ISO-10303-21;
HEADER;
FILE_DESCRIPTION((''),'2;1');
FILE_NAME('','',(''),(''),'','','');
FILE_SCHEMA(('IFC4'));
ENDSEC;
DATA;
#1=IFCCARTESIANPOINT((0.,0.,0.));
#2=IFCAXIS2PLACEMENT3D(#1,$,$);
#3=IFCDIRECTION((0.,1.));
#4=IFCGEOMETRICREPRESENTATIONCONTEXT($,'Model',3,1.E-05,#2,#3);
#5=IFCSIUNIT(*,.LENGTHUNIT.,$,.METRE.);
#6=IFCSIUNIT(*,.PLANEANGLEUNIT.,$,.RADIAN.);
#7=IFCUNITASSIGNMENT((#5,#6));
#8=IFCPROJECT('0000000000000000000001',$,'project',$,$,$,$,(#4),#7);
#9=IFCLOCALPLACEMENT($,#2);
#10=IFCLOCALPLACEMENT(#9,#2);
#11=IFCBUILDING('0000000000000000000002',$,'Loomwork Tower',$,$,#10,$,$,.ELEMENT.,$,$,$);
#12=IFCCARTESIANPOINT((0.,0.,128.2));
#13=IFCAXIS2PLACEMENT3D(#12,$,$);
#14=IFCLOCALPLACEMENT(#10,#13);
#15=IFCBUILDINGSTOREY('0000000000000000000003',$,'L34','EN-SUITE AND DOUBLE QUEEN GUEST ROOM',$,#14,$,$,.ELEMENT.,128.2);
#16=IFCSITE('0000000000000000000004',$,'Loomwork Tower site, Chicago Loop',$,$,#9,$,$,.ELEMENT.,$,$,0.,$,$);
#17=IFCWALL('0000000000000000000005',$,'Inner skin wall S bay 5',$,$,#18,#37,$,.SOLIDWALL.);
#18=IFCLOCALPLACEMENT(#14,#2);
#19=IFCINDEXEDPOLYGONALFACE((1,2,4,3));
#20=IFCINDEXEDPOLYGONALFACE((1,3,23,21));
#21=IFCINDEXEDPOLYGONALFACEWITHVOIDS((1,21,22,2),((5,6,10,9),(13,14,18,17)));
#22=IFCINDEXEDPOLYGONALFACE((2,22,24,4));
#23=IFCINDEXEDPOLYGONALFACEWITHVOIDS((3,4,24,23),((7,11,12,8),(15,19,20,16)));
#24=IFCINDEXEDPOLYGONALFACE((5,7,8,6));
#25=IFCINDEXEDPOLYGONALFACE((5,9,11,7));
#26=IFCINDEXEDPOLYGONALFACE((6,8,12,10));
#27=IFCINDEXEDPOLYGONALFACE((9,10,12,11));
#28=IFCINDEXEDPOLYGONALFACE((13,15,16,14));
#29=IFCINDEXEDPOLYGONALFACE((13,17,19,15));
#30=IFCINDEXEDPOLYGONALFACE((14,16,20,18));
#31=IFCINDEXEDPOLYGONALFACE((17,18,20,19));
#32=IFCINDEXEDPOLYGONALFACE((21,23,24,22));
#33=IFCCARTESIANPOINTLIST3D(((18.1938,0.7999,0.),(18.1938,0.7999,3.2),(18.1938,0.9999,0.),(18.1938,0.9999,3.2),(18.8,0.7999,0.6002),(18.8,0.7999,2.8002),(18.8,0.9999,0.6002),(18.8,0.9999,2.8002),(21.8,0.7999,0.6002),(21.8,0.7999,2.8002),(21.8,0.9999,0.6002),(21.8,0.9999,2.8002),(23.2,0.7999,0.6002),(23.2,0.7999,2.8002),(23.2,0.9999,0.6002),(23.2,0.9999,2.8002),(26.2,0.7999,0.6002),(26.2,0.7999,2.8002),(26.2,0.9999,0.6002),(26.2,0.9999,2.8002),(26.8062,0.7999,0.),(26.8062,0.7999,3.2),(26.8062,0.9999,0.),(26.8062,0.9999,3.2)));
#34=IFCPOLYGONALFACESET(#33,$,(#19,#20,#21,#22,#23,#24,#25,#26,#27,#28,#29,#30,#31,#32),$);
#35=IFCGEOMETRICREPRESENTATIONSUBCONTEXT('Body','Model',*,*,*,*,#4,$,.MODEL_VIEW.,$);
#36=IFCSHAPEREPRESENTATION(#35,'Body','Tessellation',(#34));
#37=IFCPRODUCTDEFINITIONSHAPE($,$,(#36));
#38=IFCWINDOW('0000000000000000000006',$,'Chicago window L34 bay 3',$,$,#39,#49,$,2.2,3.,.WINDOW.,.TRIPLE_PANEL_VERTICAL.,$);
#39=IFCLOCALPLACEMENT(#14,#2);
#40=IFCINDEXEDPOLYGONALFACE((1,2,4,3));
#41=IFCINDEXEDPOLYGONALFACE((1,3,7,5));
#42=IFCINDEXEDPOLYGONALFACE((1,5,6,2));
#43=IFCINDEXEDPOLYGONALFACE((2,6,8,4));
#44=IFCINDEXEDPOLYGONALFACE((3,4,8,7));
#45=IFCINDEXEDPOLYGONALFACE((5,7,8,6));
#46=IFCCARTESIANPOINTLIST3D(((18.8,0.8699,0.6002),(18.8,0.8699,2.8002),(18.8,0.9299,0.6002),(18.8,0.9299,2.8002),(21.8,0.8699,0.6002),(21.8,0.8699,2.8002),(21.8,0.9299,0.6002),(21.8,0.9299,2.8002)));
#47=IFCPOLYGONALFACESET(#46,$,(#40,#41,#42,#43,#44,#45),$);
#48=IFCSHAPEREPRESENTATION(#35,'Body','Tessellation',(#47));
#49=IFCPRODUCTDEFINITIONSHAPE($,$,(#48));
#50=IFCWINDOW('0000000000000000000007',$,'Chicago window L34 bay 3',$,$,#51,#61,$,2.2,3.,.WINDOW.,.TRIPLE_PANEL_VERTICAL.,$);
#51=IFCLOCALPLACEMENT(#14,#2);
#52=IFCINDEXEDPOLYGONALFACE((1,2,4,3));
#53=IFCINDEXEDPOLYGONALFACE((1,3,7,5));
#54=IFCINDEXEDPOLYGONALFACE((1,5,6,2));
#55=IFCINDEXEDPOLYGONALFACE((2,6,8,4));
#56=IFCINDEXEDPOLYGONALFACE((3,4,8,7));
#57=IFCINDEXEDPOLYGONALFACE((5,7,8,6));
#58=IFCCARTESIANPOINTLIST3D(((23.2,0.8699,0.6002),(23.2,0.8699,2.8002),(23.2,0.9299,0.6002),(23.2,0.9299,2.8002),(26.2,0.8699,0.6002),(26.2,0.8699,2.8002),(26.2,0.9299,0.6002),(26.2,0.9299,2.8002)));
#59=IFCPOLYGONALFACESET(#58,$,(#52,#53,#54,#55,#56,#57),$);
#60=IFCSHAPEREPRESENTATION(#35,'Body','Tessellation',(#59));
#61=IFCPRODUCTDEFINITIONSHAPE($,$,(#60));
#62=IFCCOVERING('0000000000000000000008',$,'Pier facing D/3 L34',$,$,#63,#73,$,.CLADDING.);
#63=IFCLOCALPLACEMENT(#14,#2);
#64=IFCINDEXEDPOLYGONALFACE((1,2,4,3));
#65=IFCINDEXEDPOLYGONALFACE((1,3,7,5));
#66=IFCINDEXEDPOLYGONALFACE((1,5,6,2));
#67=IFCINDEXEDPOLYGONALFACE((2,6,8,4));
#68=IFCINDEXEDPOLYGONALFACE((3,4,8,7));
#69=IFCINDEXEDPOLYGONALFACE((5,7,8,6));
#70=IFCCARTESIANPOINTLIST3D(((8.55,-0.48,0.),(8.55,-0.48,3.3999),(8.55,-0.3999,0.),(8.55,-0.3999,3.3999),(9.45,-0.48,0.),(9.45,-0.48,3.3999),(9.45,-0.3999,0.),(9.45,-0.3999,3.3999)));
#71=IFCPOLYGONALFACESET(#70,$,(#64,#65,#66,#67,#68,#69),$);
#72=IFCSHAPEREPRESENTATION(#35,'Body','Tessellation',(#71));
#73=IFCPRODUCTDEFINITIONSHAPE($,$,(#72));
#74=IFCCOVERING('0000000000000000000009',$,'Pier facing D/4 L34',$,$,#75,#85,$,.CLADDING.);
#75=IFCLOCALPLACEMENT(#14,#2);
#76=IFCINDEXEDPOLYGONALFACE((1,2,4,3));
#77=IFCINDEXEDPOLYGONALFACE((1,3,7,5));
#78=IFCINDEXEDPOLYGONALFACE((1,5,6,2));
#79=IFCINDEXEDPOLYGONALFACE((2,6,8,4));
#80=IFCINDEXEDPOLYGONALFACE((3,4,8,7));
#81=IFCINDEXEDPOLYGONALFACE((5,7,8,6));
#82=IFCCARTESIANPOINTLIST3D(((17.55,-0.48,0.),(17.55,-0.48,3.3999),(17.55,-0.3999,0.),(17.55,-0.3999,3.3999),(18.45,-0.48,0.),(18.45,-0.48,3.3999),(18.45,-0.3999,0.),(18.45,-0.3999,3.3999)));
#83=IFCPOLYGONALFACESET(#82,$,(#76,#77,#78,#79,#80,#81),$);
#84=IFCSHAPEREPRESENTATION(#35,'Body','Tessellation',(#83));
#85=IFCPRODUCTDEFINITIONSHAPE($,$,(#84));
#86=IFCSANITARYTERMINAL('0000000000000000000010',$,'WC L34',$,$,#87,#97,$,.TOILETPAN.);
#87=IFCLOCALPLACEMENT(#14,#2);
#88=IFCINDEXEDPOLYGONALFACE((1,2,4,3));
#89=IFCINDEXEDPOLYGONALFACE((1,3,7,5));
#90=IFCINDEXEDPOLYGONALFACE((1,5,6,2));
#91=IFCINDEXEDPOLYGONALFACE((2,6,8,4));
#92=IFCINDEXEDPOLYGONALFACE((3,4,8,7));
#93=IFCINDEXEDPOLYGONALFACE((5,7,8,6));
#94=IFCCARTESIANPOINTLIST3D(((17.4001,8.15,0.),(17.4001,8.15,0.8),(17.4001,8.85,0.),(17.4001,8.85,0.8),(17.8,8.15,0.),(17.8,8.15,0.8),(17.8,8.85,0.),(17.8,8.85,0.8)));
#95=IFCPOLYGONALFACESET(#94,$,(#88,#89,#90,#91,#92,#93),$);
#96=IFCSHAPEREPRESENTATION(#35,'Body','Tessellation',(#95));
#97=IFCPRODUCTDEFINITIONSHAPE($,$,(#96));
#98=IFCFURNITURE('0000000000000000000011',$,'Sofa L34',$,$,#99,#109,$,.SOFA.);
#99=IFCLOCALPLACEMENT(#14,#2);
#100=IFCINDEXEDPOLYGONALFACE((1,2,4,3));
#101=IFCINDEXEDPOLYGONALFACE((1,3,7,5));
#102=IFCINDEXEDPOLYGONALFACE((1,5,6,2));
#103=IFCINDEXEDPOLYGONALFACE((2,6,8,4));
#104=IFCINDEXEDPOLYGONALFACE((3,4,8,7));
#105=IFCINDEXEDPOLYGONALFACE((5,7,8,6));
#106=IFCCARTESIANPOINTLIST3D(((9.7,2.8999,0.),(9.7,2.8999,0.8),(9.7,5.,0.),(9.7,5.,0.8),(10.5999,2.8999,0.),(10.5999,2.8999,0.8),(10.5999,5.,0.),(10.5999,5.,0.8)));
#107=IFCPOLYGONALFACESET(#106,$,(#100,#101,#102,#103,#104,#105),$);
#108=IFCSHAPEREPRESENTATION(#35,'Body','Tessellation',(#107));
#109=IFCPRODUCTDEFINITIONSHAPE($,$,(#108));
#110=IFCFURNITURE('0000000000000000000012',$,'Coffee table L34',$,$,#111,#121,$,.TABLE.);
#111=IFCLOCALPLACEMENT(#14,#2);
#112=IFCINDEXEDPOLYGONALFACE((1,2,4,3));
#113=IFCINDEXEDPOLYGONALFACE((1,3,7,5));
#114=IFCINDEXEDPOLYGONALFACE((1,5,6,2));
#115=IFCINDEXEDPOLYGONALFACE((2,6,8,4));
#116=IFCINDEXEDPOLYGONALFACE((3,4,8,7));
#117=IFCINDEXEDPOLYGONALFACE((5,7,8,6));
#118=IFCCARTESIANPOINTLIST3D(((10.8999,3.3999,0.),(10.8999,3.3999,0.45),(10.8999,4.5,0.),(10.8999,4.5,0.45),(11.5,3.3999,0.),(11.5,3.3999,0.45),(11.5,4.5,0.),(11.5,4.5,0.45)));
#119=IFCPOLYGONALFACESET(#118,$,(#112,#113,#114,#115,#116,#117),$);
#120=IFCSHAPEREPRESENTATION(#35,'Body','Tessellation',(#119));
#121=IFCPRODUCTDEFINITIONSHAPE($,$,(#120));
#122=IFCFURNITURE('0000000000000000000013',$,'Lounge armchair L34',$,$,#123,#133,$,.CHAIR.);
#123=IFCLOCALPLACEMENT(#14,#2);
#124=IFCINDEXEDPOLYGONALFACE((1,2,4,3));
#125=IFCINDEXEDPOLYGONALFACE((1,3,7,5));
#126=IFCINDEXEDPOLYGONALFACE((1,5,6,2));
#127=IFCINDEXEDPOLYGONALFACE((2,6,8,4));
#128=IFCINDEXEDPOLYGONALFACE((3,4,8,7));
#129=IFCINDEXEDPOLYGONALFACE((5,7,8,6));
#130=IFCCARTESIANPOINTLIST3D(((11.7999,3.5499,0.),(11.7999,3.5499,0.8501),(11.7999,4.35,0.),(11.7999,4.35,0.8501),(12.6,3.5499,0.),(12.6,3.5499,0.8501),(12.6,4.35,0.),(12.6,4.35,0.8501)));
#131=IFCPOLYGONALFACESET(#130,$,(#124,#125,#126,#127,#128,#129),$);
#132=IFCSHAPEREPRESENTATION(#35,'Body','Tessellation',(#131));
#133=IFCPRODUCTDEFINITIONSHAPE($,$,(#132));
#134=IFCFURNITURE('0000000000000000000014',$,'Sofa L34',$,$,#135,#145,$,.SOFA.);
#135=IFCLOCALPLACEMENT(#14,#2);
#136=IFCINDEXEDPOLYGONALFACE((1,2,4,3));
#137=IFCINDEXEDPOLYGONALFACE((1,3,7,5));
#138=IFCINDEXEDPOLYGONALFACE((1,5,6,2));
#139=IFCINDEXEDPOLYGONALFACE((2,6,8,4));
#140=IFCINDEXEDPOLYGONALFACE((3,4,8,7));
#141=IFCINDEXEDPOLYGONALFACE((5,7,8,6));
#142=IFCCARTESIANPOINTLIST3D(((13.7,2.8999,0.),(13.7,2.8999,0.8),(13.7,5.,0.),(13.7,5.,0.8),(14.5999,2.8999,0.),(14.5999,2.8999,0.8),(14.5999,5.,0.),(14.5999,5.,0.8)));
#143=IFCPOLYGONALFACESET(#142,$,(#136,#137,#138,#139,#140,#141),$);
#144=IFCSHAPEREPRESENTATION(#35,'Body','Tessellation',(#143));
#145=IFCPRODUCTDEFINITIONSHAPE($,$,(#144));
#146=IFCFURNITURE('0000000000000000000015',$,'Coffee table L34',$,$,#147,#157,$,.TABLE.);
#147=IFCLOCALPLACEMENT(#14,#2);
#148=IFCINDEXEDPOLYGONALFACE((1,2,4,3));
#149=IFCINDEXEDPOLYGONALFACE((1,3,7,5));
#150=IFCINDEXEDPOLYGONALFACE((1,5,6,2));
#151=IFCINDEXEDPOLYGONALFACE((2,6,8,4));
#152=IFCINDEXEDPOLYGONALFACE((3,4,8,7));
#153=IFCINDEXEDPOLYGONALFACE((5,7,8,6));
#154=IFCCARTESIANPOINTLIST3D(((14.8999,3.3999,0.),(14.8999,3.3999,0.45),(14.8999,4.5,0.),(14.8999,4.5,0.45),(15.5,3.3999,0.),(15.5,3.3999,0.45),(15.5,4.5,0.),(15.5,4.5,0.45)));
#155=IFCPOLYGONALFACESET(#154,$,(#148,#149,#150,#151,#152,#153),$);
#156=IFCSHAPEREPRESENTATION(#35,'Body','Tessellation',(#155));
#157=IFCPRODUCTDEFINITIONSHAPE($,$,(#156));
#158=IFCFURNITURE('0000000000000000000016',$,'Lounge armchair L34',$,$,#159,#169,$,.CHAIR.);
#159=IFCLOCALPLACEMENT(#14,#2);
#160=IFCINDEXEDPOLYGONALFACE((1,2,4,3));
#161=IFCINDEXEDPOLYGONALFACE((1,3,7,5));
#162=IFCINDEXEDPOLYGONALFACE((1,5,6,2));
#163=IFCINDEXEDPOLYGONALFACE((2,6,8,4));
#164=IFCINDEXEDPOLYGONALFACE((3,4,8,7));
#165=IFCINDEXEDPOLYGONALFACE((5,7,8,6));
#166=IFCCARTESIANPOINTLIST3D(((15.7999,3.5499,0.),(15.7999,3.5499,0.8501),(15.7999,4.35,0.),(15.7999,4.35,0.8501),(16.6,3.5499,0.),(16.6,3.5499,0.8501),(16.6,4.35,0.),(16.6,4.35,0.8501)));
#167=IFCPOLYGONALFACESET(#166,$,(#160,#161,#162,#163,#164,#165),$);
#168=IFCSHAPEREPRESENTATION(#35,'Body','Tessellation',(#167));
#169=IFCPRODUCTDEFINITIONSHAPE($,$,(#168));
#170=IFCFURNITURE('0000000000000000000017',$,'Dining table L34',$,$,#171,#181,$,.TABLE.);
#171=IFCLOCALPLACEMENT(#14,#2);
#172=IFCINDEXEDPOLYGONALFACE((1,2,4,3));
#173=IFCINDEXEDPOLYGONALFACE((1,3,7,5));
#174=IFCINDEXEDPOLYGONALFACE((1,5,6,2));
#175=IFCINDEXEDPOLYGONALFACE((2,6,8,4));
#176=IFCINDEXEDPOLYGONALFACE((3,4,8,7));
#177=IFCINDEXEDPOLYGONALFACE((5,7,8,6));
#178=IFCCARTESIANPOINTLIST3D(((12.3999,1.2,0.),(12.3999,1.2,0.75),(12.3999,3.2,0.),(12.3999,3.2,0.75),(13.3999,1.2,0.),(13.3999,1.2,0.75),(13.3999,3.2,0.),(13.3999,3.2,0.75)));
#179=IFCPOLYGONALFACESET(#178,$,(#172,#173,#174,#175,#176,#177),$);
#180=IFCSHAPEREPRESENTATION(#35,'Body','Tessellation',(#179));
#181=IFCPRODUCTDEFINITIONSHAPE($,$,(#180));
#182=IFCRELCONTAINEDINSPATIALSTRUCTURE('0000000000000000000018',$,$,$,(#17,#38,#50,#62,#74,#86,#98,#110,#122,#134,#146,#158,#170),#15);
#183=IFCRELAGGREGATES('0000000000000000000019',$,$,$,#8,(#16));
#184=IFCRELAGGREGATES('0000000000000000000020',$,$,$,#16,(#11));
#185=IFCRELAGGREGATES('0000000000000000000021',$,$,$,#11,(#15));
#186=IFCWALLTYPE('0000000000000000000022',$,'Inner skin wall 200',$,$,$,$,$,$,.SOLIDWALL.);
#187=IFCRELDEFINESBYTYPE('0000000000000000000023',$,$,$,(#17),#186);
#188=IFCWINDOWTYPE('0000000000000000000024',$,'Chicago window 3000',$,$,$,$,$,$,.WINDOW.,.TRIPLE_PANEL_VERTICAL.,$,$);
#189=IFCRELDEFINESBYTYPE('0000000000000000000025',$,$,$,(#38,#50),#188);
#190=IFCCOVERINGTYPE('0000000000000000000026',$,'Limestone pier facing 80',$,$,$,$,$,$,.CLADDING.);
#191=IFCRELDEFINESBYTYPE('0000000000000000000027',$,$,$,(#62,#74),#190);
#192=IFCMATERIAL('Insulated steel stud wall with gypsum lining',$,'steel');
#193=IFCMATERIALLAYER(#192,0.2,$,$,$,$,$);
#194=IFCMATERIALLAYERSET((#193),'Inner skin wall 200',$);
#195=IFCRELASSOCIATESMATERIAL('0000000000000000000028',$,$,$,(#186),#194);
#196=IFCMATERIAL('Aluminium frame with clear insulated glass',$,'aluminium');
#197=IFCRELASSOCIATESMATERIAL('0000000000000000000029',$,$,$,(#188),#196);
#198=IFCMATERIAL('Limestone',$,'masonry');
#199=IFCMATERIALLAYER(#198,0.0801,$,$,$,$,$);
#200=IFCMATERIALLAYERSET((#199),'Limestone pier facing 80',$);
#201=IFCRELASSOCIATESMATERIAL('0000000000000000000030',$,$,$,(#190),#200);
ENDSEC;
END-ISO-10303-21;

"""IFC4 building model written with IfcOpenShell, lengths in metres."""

from ifc_helpers import new_model, si_unit, direction, frame, frame_2d, origin, origin_2d, place, context, subcontext, project, spatial, rectangle, extrude, material, layer, layer_set, type_object, element, fill, save


model = new_model("IFC4")

# Units and contexts
model_context = context("Model", 3, precision=1e-05, world=origin(), true_north=direction((0.0, 1.0)))
body_context = subcontext(model_context, "Body", "Model", "MODEL_VIEW")
ifc_project = project(units=[si_unit("LENGTHUNIT", "METRE"), si_unit("PLANEANGLEUNIT", "RADIAN")], contexts=[model_context])

# Site, building, storey
site_placement = place(None, origin())
site = spatial("IfcSite", under=ifc_project, at=site_placement, Name="Loomwork Tower site, Chicago Loop", CompositionType="ELEMENT", RefElevation=0.0)
building_placement = place(site_placement, origin())
building = spatial("IfcBuilding", under=site, at=building_placement, Name="Loomwork Tower", CompositionType="ELEMENT")
storey_placement = place(building_placement, frame((0.0, 0.0, 128.2)))
storey = spatial("IfcBuildingStorey", under=building, at=storey_placement, Name="L34", Description="EN-SUITE AND DOUBLE QUEEN GUEST ROOM", CompositionType="ELEMENT", Elevation=128.2)

# Shared definitions
ifc_material_1 = material(Name="Insulated steel stud wall with gypsum lining", Category="steel")
ifc_layer_1 = layer(ifc_material_1, 0.2)
ifc_layer_set_1 = layer_set([ifc_layer_1], Name="Inner skin wall 200")
wall_type_1 = type_object("IfcWallType", Name="Inner skin wall 200", PredefinedType="SOLIDWALL", material=ifc_layer_set_1)

# Shared definitions
ifc_material_2 = material(Name="Aluminium frame with clear insulated glass", Category="aluminium")
window_type = type_object("IfcWindowType", Name="Chicago window 3000", PartitioningType="TRIPLE_PANEL_VERTICAL", PredefinedType="WINDOW", material=ifc_material_2)

# Wall, openings, windows
wall_1_placement = place(storey_placement, frame((18.1938, 0.8999, 0.0), z_axis=(0.0, 0.0, 1.0), x_axis=(1.0, 0.0, 0.0)))
wall_1 = element("IfcWall", 1, at=wall_1_placement, inside=storey, type_object=wall_type_1, Name="Inner skin wall S bay 5", PredefinedType="SOLIDWALL", context=body_context, shape_type="SweptSolid", body=[
    extrude(rectangle(XDim=8.6123, YDim=0.2, at=frame_2d((4.3062, 0.0))), origin(), (0.0, 0.0, 1.0), 3.2),
])
opening_1_placement = place(wall_1_placement, frame((0.6062, 0.0, 0.6001)))
opening_1 = element("IfcOpeningElement", 2, at=opening_1_placement, cuts=wall_1, PredefinedType="OPENING", context=body_context, shape_type="SweptSolid", body=[
    extrude(rectangle(XDim=3.0, YDim=2.2, at=frame_2d((1.5, 1.1001))), frame((0.0, 0.1099, 0.0), z_axis=(0.0, -1.0, 0.0), x_axis=(1.0, 0.0, 0.0)), (0.0, 0.0, 1.0), 0.22),
])
opening_2_placement = place(wall_1_placement, frame((5.0061, 0.0, 0.6001)))
opening_2 = element("IfcOpeningElement", 3, at=opening_2_placement, cuts=wall_1, PredefinedType="OPENING", context=body_context, shape_type="SweptSolid", body=[
    extrude(rectangle(XDim=3.0, YDim=2.2, at=frame_2d((1.5, 1.1001))), frame((0.0, 0.1099, 0.0), z_axis=(0.0, -1.0, 0.0), x_axis=(1.0, 0.0, 0.0)), (0.0, 0.0, 1.0), 0.22),
])
window_1_placement = place(opening_1_placement, origin())
window_1 = element("IfcWindow", 4, at=window_1_placement, inside=storey, type_object=window_type, Name="Chicago window L34 bay 3", OverallHeight=2.2, OverallWidth=3.0, PartitioningType="TRIPLE_PANEL_VERTICAL", PredefinedType="WINDOW", context=body_context, shape_type="SweptSolid", body=[
    extrude(rectangle(XDim=3.0, YDim=2.2, at=frame_2d((1.5, 1.1001))), frame((0.0, 0.03, 0.0), z_axis=(0.0, -1.0, 0.0), x_axis=(1.0, 0.0, 0.0)), (0.0, 0.0, 1.0), 0.0601),
])
fill(opening_1, window_1)
window_2_placement = place(opening_2_placement, origin())
window_2 = element("IfcWindow", 5, at=window_2_placement, inside=storey, type_object=window_type, Name="Chicago window L34 bay 3", OverallHeight=2.2, OverallWidth=3.0, PartitioningType="TRIPLE_PANEL_VERTICAL", PredefinedType="WINDOW", context=body_context, shape_type="SweptSolid", body=[
    extrude(rectangle(XDim=3.0, YDim=2.2, at=frame_2d((1.5, 1.1001))), frame((0.0, 0.03, 0.0), z_axis=(0.0, -1.0, 0.0), x_axis=(1.0, 0.0, 0.0)), (0.0, 0.0, 1.0), 0.0601),
])
fill(opening_2, window_2)

# Coverings
ifc_material_3 = material(Name="Limestone", Category="masonry")
ifc_layer_2 = layer(ifc_material_3, 0.0801)
ifc_layer_set_2 = layer_set([ifc_layer_2], Name="Limestone pier facing 80")
covering_type = type_object("IfcCoveringType", Name="Limestone pier facing 80", PredefinedType="CLADDING", material=ifc_layer_set_2)
for number, where, z_axis, x_axis, name in (
    (6, (9.0, -0.4399, 0.0), (0.0, 0.0, 1.0), (1.0, 0.0, 0.0), "Pier facing D/3 L34"),
    (7, (18.0, -0.4399, 0.0), (0.0, 0.0, 1.0), (1.0, 0.0, 0.0), "Pier facing D/4 L34"),
):
    element("IfcCovering", number, at=place(storey_placement, frame(where, z_axis=z_axis, x_axis=x_axis)), inside=storey, type_object=covering_type, Name=name, PredefinedType="CLADDING", context=body_context, shape_type="SweptSolid", body=[
        extrude(rectangle(XDim=0.8999, YDim=0.0801, at=origin_2d()), origin(), (0.0, 0.0, 1.0), 3.3999),
    ])

# Sanitary terminal
sanitary_terminal_placement = place(storey_placement, frame((17.6001, 8.5, 0.0), z_axis=(0.0, 0.0, 1.0), x_axis=(1.0, 0.0, 0.0)))
element("IfcSanitaryTerminal", 8, at=sanitary_terminal_placement, inside=storey, Name="WC L34", PredefinedType="TOILETPAN", context=body_context, shape_type="SweptSolid", body=[
    extrude(rectangle(XDim=0.3999, YDim=0.7, at=origin_2d()), origin(), (0.0, 0.0, 1.0), 0.8),
])

# Furniture
furniture_1_placement = place(storey_placement, frame((10.1499, 3.95, 0.0), z_axis=(0.0, 0.0, 1.0), x_axis=(1.0, 0.0, 0.0)))
element("IfcFurniture", 9, at=furniture_1_placement, inside=storey, Name="Sofa L34", PredefinedType="SOFA", context=body_context, shape_type="SweptSolid", body=[
    extrude(rectangle(XDim=0.8999, YDim=2.1001, at=origin_2d()), origin(), (0.0, 0.0, 1.0), 0.8),
])
furniture_2_placement = place(storey_placement, frame((11.2, 3.95, 0.0), z_axis=(0.0, 0.0, 1.0), x_axis=(1.0, 0.0, 0.0)))
element("IfcFurniture", 10, at=furniture_2_placement, inside=storey, Name="Coffee table L34", PredefinedType="TABLE", context=body_context, shape_type="SweptSolid", body=[
    extrude(rectangle(XDim=0.6001, YDim=1.1001, at=origin_2d()), origin(), (0.0, 0.0, 1.0), 0.45),
])
furniture_3_placement = place(storey_placement, frame((12.2, 3.95, 0.0), z_axis=(0.0, 0.0, 1.0), x_axis=(1.0, 0.0, 0.0)))
element("IfcFurniture", 11, at=furniture_3_placement, inside=storey, Name="Lounge armchair L34", PredefinedType="CHAIR", context=body_context, shape_type="SweptSolid", body=[
    extrude(rectangle(XDim=0.8, YDim=0.8, at=origin_2d()), origin(), (0.0, 0.0, 1.0), 0.8501),
])
furniture_4_placement = place(storey_placement, frame((14.1499, 3.95, 0.0), z_axis=(0.0, 0.0, 1.0), x_axis=(1.0, 0.0, 0.0)))
element("IfcFurniture", 12, at=furniture_4_placement, inside=storey, Name="Sofa L34", PredefinedType="SOFA", context=body_context, shape_type="SweptSolid", body=[
    extrude(rectangle(XDim=0.8999, YDim=2.1001, at=origin_2d()), origin(), (0.0, 0.0, 1.0), 0.8),
])
furniture_5_placement = place(storey_placement, frame((15.2, 3.95, 0.0), z_axis=(0.0, 0.0, 1.0), x_axis=(1.0, 0.0, 0.0)))
element("IfcFurniture", 13, at=furniture_5_placement, inside=storey, Name="Coffee table L34", PredefinedType="TABLE", context=body_context, shape_type="SweptSolid", body=[
    extrude(rectangle(XDim=0.6001, YDim=1.1001, at=origin_2d()), origin(), (0.0, 0.0, 1.0), 0.45),
])
furniture_6_placement = place(storey_placement, frame((16.2, 3.95, 0.0), z_axis=(0.0, 0.0, 1.0), x_axis=(1.0, 0.0, 0.0)))
element("IfcFurniture", 14, at=furniture_6_placement, inside=storey, Name="Lounge armchair L34", PredefinedType="CHAIR", context=body_context, shape_type="SweptSolid", body=[
    extrude(rectangle(XDim=0.8, YDim=0.8, at=origin_2d()), origin(), (0.0, 0.0, 1.0), 0.8501),
])
furniture_7_placement = place(storey_placement, frame((12.8999, 2.2, 0.0), z_axis=(0.0, 0.0, 1.0), x_axis=(1.0, 0.0, 0.0)))
element("IfcFurniture", 15, at=furniture_7_placement, inside=storey, Name="Dining table L34", PredefinedType="TABLE", context=body_context, shape_type="SweptSolid", body=[
    extrude(rectangle(XDim=1.0, YDim=2.0, at=origin_2d()), origin(), (0.0, 0.0, 1.0), 0.75),
])

save(model, "model.ifc")
